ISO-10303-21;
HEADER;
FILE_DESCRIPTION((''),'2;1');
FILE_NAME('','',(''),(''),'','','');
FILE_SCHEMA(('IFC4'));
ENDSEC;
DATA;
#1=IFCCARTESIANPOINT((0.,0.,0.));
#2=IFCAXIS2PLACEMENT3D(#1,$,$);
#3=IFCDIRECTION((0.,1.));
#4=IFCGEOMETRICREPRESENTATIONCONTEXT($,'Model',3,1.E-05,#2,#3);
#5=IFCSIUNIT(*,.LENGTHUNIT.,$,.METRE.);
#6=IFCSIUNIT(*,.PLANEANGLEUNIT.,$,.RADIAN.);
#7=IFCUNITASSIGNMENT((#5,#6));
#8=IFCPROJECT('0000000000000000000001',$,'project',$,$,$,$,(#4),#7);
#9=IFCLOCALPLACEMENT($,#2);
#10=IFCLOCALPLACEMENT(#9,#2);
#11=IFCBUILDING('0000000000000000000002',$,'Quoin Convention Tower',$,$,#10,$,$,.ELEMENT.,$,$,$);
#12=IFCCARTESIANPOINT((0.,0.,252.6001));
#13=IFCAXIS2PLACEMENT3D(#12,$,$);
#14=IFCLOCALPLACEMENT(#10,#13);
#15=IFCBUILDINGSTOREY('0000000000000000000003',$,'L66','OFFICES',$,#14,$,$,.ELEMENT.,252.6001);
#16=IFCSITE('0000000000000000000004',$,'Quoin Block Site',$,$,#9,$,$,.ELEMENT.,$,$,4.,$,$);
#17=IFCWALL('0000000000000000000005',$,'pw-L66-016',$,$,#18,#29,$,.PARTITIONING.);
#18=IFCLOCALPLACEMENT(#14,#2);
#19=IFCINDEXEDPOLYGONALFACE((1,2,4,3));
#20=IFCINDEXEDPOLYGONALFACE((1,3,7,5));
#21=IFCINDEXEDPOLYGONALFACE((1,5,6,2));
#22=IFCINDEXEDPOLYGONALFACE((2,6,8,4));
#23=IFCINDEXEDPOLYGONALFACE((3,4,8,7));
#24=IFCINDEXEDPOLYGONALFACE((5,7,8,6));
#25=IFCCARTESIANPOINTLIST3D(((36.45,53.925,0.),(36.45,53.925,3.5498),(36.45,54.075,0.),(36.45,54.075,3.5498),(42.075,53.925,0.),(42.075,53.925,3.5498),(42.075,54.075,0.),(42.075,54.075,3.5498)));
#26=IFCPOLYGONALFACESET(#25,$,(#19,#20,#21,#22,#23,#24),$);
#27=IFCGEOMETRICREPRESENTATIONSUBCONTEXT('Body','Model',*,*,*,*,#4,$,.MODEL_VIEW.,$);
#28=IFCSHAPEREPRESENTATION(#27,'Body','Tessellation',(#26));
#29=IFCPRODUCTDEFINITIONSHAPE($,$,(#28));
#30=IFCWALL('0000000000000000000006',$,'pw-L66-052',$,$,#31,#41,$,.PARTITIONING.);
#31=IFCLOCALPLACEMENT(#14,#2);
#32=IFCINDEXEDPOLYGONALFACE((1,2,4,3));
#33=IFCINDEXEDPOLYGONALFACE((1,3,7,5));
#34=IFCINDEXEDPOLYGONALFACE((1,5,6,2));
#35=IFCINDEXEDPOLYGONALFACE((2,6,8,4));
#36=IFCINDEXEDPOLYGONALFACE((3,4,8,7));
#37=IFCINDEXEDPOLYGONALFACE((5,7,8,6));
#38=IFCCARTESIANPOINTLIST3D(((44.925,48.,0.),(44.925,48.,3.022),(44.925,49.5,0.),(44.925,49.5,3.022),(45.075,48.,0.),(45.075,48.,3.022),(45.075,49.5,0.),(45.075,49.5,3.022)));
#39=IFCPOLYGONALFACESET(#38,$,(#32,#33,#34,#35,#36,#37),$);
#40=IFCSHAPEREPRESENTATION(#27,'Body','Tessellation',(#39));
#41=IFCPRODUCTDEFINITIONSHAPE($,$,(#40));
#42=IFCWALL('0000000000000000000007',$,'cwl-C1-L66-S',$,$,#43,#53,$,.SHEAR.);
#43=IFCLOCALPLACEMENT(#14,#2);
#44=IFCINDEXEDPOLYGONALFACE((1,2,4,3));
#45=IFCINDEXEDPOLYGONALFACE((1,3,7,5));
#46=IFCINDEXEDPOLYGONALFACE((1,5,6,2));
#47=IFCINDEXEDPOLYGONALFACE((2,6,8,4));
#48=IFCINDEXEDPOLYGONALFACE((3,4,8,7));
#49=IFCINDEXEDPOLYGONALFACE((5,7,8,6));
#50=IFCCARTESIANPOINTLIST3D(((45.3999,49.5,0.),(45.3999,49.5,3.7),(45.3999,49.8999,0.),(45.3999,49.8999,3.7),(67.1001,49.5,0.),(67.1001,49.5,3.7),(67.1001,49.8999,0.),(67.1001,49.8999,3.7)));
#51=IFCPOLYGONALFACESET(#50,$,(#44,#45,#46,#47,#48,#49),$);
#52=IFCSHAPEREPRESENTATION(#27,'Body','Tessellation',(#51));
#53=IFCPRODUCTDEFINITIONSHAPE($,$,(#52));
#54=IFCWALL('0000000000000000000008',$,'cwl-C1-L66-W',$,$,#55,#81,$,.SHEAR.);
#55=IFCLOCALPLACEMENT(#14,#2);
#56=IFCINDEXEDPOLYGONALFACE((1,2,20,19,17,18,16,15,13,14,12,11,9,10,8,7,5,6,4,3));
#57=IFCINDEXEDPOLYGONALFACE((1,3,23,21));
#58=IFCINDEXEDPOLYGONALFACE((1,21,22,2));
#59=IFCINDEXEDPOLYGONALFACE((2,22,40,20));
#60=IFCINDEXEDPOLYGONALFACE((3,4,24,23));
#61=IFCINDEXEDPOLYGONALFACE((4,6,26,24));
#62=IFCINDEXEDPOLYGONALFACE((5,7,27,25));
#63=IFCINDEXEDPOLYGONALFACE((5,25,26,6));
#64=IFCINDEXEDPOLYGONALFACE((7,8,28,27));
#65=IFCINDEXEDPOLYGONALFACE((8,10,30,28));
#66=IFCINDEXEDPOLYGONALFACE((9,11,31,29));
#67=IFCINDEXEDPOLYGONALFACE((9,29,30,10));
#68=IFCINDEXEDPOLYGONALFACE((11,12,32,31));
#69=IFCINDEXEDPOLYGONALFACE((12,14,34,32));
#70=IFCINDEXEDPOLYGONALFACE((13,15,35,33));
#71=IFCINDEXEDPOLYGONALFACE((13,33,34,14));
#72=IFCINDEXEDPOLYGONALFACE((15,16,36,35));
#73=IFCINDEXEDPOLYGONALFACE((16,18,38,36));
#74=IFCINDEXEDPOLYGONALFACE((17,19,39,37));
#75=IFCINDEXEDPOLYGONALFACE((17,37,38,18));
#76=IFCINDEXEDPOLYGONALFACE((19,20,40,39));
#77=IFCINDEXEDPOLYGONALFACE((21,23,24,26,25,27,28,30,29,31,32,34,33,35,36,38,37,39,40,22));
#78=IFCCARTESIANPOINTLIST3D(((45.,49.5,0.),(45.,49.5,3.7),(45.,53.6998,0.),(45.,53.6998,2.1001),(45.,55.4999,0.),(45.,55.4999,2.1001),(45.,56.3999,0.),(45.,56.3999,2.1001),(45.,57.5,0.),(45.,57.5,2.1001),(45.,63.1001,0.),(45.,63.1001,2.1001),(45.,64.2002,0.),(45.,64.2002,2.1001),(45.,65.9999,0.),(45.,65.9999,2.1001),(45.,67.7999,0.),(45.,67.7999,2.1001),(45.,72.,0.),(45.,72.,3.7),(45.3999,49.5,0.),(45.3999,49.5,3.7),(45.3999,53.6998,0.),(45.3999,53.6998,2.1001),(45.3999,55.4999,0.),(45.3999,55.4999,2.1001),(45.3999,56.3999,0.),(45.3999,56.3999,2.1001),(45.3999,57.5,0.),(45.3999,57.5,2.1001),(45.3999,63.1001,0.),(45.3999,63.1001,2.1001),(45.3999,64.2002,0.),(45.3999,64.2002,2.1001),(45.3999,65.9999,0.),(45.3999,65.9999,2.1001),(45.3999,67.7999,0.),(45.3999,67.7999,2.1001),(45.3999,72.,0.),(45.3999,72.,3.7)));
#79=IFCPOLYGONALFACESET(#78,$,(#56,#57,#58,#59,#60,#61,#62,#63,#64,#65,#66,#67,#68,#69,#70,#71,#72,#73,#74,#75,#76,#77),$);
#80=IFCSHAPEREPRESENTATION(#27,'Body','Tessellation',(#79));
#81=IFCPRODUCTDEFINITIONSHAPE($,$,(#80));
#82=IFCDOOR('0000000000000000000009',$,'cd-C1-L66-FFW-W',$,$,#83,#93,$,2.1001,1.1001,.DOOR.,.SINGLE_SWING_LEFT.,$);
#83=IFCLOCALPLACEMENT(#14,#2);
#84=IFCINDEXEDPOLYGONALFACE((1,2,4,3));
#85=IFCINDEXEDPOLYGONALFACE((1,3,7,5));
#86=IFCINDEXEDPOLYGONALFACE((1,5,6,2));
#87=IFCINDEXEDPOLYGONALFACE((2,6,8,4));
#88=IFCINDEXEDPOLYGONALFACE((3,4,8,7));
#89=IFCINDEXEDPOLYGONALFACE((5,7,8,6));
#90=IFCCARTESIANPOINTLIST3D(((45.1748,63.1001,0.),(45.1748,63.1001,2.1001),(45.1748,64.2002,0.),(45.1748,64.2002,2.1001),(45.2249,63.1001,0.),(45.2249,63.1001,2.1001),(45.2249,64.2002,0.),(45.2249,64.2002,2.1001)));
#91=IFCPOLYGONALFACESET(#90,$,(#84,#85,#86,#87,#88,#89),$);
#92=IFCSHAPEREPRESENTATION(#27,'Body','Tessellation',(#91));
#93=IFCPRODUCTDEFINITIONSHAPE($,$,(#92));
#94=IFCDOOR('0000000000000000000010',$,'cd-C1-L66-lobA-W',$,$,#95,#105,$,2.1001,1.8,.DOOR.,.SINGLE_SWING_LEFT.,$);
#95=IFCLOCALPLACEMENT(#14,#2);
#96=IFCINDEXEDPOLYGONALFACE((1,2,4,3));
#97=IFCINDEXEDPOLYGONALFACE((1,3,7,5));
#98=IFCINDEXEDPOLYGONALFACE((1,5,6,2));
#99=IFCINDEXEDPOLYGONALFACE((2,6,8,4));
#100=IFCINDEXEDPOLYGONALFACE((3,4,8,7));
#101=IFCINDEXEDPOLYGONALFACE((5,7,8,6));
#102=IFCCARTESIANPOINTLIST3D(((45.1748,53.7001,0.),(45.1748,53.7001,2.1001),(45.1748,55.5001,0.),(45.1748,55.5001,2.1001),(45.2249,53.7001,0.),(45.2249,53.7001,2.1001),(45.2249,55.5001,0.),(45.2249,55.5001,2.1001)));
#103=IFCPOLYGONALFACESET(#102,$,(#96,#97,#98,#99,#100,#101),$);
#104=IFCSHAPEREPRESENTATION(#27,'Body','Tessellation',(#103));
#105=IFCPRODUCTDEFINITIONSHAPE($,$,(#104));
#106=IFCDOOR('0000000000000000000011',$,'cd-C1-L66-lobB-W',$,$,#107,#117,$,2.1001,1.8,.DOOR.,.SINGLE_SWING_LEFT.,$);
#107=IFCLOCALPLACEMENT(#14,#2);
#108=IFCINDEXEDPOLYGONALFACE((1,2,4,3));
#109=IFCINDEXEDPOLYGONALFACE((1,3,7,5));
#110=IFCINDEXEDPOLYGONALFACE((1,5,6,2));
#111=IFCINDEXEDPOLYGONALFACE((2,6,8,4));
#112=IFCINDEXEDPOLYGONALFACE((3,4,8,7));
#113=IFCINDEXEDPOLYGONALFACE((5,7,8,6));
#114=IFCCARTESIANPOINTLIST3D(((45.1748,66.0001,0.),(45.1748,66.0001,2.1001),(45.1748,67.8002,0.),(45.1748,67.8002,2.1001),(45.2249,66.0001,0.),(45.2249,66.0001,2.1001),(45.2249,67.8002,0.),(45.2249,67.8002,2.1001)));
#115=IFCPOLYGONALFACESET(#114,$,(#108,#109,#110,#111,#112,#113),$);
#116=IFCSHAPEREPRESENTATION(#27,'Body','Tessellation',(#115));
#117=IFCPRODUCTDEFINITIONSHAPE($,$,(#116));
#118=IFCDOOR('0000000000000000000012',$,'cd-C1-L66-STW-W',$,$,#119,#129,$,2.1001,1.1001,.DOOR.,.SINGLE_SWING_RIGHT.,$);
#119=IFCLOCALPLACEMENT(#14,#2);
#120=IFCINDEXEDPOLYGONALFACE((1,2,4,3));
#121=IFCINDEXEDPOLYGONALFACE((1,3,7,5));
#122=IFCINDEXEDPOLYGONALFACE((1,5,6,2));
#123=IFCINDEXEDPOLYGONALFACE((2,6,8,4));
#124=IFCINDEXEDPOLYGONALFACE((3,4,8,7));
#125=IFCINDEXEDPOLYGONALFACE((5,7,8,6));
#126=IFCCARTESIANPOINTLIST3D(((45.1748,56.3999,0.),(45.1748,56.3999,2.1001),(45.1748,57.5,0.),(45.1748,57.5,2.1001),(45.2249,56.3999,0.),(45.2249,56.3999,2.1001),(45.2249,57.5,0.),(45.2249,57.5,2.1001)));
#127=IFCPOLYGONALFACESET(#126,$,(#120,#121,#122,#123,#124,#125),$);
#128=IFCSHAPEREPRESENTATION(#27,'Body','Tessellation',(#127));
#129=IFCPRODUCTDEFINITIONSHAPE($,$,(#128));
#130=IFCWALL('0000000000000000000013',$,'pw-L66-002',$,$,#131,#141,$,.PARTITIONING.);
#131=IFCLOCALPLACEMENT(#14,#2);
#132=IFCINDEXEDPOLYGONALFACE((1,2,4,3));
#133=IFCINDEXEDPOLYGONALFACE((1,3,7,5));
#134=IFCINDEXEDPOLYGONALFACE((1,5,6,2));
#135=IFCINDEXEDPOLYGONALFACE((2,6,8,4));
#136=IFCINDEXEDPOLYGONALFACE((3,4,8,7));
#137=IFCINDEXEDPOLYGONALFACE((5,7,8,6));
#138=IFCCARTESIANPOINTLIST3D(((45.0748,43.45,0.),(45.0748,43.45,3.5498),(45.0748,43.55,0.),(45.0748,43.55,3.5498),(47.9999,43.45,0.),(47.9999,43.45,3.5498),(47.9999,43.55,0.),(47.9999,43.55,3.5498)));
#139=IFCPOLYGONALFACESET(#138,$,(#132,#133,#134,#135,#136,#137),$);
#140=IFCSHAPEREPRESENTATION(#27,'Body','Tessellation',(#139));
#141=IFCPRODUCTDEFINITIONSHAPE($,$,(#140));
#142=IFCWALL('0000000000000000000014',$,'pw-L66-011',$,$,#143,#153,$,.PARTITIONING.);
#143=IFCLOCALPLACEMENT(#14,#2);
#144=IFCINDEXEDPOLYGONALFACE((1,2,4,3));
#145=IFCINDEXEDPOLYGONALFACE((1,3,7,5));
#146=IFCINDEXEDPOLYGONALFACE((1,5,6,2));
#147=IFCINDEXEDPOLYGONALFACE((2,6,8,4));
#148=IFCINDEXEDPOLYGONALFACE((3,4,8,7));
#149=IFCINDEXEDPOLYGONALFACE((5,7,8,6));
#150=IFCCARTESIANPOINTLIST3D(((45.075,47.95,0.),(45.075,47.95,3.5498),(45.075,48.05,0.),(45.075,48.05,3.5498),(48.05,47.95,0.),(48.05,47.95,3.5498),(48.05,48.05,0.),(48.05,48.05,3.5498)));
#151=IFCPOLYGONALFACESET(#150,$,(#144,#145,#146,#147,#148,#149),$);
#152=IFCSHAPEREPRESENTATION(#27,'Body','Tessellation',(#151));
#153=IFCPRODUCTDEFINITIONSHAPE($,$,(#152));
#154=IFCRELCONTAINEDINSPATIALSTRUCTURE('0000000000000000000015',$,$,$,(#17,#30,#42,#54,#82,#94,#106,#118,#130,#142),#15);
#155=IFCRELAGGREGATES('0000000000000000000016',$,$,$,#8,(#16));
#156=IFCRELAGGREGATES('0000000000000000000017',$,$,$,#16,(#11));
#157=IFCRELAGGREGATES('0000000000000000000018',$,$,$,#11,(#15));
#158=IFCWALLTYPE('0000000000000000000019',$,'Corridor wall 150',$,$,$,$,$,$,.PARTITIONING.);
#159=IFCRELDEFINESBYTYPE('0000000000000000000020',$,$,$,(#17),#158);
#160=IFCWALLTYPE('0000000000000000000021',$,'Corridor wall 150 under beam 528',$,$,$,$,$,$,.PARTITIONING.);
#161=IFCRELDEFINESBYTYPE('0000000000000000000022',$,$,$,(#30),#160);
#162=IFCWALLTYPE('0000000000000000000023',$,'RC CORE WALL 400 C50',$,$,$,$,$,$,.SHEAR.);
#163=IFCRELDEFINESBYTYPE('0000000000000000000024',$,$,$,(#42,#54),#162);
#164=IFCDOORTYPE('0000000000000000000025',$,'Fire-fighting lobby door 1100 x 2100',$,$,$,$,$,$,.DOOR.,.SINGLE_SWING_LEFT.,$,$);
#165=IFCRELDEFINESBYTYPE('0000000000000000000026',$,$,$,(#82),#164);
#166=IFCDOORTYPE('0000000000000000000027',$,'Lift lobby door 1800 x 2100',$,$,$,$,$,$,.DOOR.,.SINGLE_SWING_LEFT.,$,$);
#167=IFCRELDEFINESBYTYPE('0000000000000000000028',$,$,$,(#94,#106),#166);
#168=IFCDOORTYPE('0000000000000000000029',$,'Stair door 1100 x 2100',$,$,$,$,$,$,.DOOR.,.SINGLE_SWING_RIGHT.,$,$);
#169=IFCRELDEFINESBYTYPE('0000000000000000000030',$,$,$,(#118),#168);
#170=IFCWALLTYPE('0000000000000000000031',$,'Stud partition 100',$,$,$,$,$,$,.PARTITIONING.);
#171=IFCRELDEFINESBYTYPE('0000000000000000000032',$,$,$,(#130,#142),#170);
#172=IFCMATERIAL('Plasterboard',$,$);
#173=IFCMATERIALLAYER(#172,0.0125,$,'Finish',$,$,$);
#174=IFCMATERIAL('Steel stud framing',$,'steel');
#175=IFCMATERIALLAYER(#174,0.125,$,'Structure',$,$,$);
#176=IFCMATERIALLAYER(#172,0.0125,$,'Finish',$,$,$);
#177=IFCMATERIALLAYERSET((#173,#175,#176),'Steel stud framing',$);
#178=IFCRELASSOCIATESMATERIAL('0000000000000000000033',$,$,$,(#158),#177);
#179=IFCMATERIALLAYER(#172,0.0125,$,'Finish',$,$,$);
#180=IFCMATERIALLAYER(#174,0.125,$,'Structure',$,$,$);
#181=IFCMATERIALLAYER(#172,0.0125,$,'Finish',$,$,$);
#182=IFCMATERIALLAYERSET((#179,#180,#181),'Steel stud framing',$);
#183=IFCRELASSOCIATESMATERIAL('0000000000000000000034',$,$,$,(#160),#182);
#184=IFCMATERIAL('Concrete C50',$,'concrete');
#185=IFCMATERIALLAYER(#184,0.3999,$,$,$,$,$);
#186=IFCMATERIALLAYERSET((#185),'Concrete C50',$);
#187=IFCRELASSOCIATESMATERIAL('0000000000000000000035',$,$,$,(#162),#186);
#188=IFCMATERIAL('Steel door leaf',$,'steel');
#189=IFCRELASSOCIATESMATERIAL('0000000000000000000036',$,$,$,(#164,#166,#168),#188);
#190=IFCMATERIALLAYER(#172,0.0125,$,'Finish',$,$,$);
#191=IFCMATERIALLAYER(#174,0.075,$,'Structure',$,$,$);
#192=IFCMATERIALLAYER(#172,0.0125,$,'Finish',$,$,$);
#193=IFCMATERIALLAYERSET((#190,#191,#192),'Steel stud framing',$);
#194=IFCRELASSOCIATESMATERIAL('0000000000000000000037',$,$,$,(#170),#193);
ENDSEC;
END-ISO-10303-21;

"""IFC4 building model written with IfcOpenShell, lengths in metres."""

from ifc_helpers import new_model, si_unit, direction, frame, frame_2d, origin, place, context, subcontext, project, spatial, rectangle, extrude, material, layer, layer_set, type_object, element, fill, save


model = new_model("IFC4")

# Units and contexts
model_context = context("Model", 3, precision=1e-05, world=origin(), true_north=direction((0.0, 1.0)))
body_context = subcontext(model_context, "Body", "Model", "MODEL_VIEW")
ifc_project = project(units=[si_unit("LENGTHUNIT", "METRE"), si_unit("PLANEANGLEUNIT", "RADIAN")], contexts=[model_context])

# Site, building, storey
site_placement = place(None, origin())
site = spatial("IfcSite", under=ifc_project, at=site_placement, Name="Quoin Block Site", CompositionType="ELEMENT", RefElevation=4.0)
building_placement = place(site_placement, origin())
building = spatial("IfcBuilding", under=site, at=building_placement, Name="Quoin Convention Tower", CompositionType="ELEMENT")
storey_placement = place(building_placement, frame((0.0, 0.0, 252.6001)))
storey = spatial("IfcBuildingStorey", under=building, at=storey_placement, Name="L66", Description="OFFICES", CompositionType="ELEMENT", Elevation=252.6001)

# Shared definitions
ifc_material_1 = material(Name="Plasterboard")
ifc_material_2 = material(Name="Steel stud framing", Category="steel")
ifc_material_3 = material(Name="Steel door leaf", Category="steel")

# Walls
ifc_material_4 = material(Name="Concrete C50", Category="concrete")
ifc_layer_1 = layer(ifc_material_1, 0.0125, Name="Finish")
ifc_layer_2 = layer(ifc_material_2, 0.125, Name="Structure")
ifc_layer_3 = layer(ifc_material_1, 0.0125, Name="Finish")
ifc_layer_set_1 = layer_set([ifc_layer_1, ifc_layer_2, ifc_layer_3], Name="Steel stud framing")
wall_type_1 = type_object("IfcWallType", Name="Corridor wall 150", PredefinedType="PARTITIONING", material=ifc_layer_set_1)
wall_1_placement = place(storey_placement, frame((36.45, 54.0, 0.0), z_axis=(0.0, 0.0, 1.0), x_axis=(1.0, 0.0, 0.0)))
element("IfcWall", 1, at=wall_1_placement, inside=storey, type_object=wall_type_1, Name="pw-L66-016", PredefinedType="PARTITIONING", context=body_context, shape_type="SweptSolid", body=[
    extrude(rectangle(XDim=5.625, YDim=0.1499, at=frame_2d((2.8125, 0.0))), origin(), (0.0, 0.0, 1.0), 3.5498),
])
ifc_layer_4 = layer(ifc_material_1, 0.0125, Name="Finish")
ifc_layer_5 = layer(ifc_material_2, 0.125, Name="Structure")
ifc_layer_6 = layer(ifc_material_1, 0.0125, Name="Finish")
ifc_layer_set_2 = layer_set([ifc_layer_4, ifc_layer_5, ifc_layer_6], Name="Steel stud framing")
wall_type_2 = type_object("IfcWallType", Name="Corridor wall 150 under beam 528", PredefinedType="PARTITIONING", material=ifc_layer_set_2)
wall_2_placement = place(storey_placement, frame((45.0, 48.0, 0.0), z_axis=(0.0, 0.0, 1.0), x_axis=(0.0, 1.0, 0.0)))
element("IfcWall", 2, at=wall_2_placement, inside=storey, type_object=wall_type_2, Name="pw-L66-052", PredefinedType="PARTITIONING", context=body_context, shape_type="SweptSolid", body=[
    extrude(rectangle(XDim=1.5, YDim=0.1499, at=frame_2d((0.75, 0.0))), origin(), (0.0, 0.0, 1.0), 3.022),
])
ifc_layer_7 = layer(ifc_material_4, 0.3999)
ifc_layer_set_3 = layer_set([ifc_layer_7], Name="Concrete C50")
wall_type_3 = type_object("IfcWallType", Name="RC CORE WALL 400 C50", PredefinedType="SHEAR", material=ifc_layer_set_3)
wall_3_placement = place(storey_placement, frame((45.3999, 49.7, 0.0), z_axis=(0.0, 0.0, 1.0), x_axis=(1.0, 0.0, 0.0)))
element("IfcWall", 3, at=wall_3_placement, inside=storey, type_object=wall_type_3, Name="cwl-C1-L66-S", PredefinedType="SHEAR", context=body_context, shape_type="SweptSolid", body=[
    extrude(rectangle(XDim=21.7002, YDim=0.3999, at=frame_2d((10.8501, 0.0))), origin(), (0.0, 0.0, 1.0), 3.7),
])

# Wall, openings, doors
wall_4_placement = place(storey_placement, frame((45.2, 49.5, 0.0), z_axis=(0.0, 0.0, 1.0), x_axis=(0.0, 1.0, 0.0)))
wall_4 = element("IfcWall", 4, at=wall_4_placement, inside=storey, type_object=wall_type_3, Name="cwl-C1-L66-W", PredefinedType="SHEAR", context=body_context, shape_type="SweptSolid", body=[
    extrude(rectangle(XDim=22.5, YDim=0.3999, at=frame_2d((11.25, 0.0))), origin(), (0.0, 0.0, 1.0), 3.7),
])
opening_1_placement = place(wall_4_placement, frame((4.2, 0.0, 0.0)))
opening_1 = element("IfcOpeningElement", 5, at=opening_1_placement, cuts=wall_4, PredefinedType="OPENING", context=body_context, shape_type="SweptSolid", body=[
    extrude(rectangle(XDim=1.8, YDim=2.1001, at=frame_2d((0.8999, 1.05))), frame((0.0, 0.21, 0.0), z_axis=(0.0, -1.0, 0.0), x_axis=(1.0, 0.0, 0.0)), (0.0, 0.0, 1.0), 0.4199),
])
opening_2_placement = place(wall_4_placement, frame((6.8999, 0.0, 0.0)))
opening_2 = element("IfcOpeningElement", 6, at=opening_2_placement, cuts=wall_4, PredefinedType="OPENING", context=body_context, shape_type="SweptSolid", body=[
    extrude(rectangle(XDim=1.1001, YDim=2.1001, at=frame_2d((0.55, 1.05))), frame((0.0, 0.21, 0.0), z_axis=(0.0, -1.0, 0.0), x_axis=(1.0, 0.0, 0.0)), (0.0, 0.0, 1.0), 0.4199),
])
opening_3_placement = place(wall_4_placement, frame((13.6001, 0.0, 0.0)))
opening_3 = element("IfcOpeningElement", 7, at=opening_3_placement, cuts=wall_4, PredefinedType="OPENING", context=body_context, shape_type="SweptSolid", body=[
    extrude(rectangle(XDim=1.1001, YDim=2.1001, at=frame_2d((0.55, 1.05))), frame((0.0, 0.21, 0.0), z_axis=(0.0, -1.0, 0.0), x_axis=(1.0, 0.0, 0.0)), (0.0, 0.0, 1.0), 0.4199),
])
opening_4_placement = place(wall_4_placement, frame((16.5, 0.0, 0.0)))
opening_4 = element("IfcOpeningElement", 8, at=opening_4_placement, cuts=wall_4, PredefinedType="OPENING", context=body_context, shape_type="SweptSolid", body=[
    extrude(rectangle(XDim=1.8, YDim=2.1001, at=frame_2d((0.8999, 1.05))), frame((0.0, 0.21, 0.0), z_axis=(0.0, -1.0, 0.0), x_axis=(1.0, 0.0, 0.0)), (0.0, 0.0, 1.0), 0.4199),
])
door_type_1 = type_object("IfcDoorType", Name="Fire-fighting lobby door 1100 x 2100", OperationType="SINGLE_SWING_LEFT", PredefinedType="DOOR", material=ifc_material_3)
door_1_placement = place(opening_3_placement, frame((1.1001, 0.0, 0.0), z_axis=(0.0, 0.0, 1.0), x_axis=(-1.0, 0.0, 0.0)))
door_1 = element("IfcDoor", 9, at=door_1_placement, inside=storey, type_object=door_type_1, Name="cd-C1-L66-FFW-W", OperationType="SINGLE_SWING_LEFT", OverallHeight=2.1001, OverallWidth=1.1001, PredefinedType="DOOR", context=body_context, shape_type="SweptSolid", body=[
    extrude(rectangle(XDim=1.1001, YDim=2.1001, at=frame_2d((0.55, 1.05))), frame((0.0, 0.0249, 0.0), z_axis=(0.0, -1.0, 0.0), x_axis=(1.0, 0.0, 0.0)), (0.0, 0.0, 1.0), 0.05),
])
fill(opening_3, door_1)
door_type_2 = type_object("IfcDoorType", Name="Lift lobby door 1800 x 2100", OperationType="SINGLE_SWING_LEFT", PredefinedType="DOOR", material=ifc_material_3)
door_2_placement = place(opening_1_placement, frame((1.8, 0.0, 0.0), z_axis=(0.0, 0.0, 1.0), x_axis=(-1.0, 0.0, 0.0)))
door_2 = element("IfcDoor", 10, at=door_2_placement, inside=storey, type_object=door_type_2, Name="cd-C1-L66-lobA-W", OperationType="SINGLE_SWING_LEFT", OverallHeight=2.1001, OverallWidth=1.8, PredefinedType="DOOR", context=body_context, shape_type="SweptSolid", body=[
    extrude(rectangle(XDim=1.8, YDim=2.1001, at=frame_2d((0.8999, 1.05))), frame((0.0, 0.0249, 0.0), z_axis=(0.0, -1.0, 0.0), x_axis=(1.0, 0.0, 0.0)), (0.0, 0.0, 1.0), 0.05),
])
fill(opening_1, door_2)
door_3_placement = place(opening_4_placement, frame((1.8, 0.0, 0.0), z_axis=(0.0, 0.0, 1.0), x_axis=(-1.0, 0.0, 0.0)))
door_3 = element("IfcDoor", 11, at=door_3_placement, inside=storey, type_object=door_type_2, Name="cd-C1-L66-lobB-W", OperationType="SINGLE_SWING_LEFT", OverallHeight=2.1001, OverallWidth=1.8, PredefinedType="DOOR", context=body_context, shape_type="SweptSolid", body=[
    extrude(rectangle(XDim=1.8, YDim=2.1001, at=frame_2d((0.8999, 1.05))), frame((0.0, 0.0249, 0.0), z_axis=(0.0, -1.0, 0.0), x_axis=(1.0, 0.0, 0.0)), (0.0, 0.0, 1.0), 0.05),
])
fill(opening_4, door_3)
door_type_3 = type_object("IfcDoorType", Name="Stair door 1100 x 2100", OperationType="SINGLE_SWING_RIGHT", PredefinedType="DOOR", material=ifc_material_3)
door_4_placement = place(opening_2_placement, frame((1.1001, 0.0, 0.0), z_axis=(0.0, 0.0, 1.0), x_axis=(-1.0, 0.0, 0.0)))
door_4 = element("IfcDoor", 12, at=door_4_placement, inside=storey, type_object=door_type_3, Name="cd-C1-L66-STW-W", OperationType="SINGLE_SWING_RIGHT", OverallHeight=2.1001, OverallWidth=1.1001, PredefinedType="DOOR", context=body_context, shape_type="SweptSolid", body=[
    extrude(rectangle(XDim=1.1001, YDim=2.1001, at=frame_2d((0.55, 1.05))), frame((0.0, 0.0249, 0.0), z_axis=(0.0, -1.0, 0.0), x_axis=(1.0, 0.0, 0.0)), (0.0, 0.0, 1.0), 0.05),
])
fill(opening_2, door_4)

# Walls
ifc_layer_8 = layer(ifc_material_1, 0.0125, Name="Finish")
ifc_layer_9 = layer(ifc_material_2, 0.075, Name="Structure")
ifc_layer_10 = layer(ifc_material_1, 0.0125, Name="Finish")
ifc_layer_set_4 = layer_set([ifc_layer_8, ifc_layer_9, ifc_layer_10], Name="Steel stud framing")
wall_type_4 = type_object("IfcWallType", Name="Stud partition 100", PredefinedType="PARTITIONING", material=ifc_layer_set_4)
wall_5_placement = place(storey_placement, frame((45.075, 43.5, 0.0), z_axis=(0.0, 0.0, 1.0), x_axis=(1.0, 0.0, 0.0)))
element("IfcWall", 13, at=wall_5_placement, inside=storey, type_object=wall_type_4, Name="pw-L66-002", PredefinedType="PARTITIONING", context=body_context, shape_type="SweptSolid", body=[
    extrude(rectangle(XDim=2.925, YDim=0.1001, at=frame_2d((1.4624, 0.0))), origin(), (0.0, 0.0, 1.0), 3.5498),
])
wall_6_placement = place(storey_placement, frame((45.075, 48.0, 0.0), z_axis=(0.0, 0.0, 1.0), x_axis=(1.0, 0.0, 0.0)))
element("IfcWall", 14, at=wall_6_placement, inside=storey, type_object=wall_type_4, Name="pw-L66-011", PredefinedType="PARTITIONING", context=body_context, shape_type="SweptSolid", body=[
    extrude(rectangle(XDim=2.9751, YDim=0.1001, at=frame_2d((1.4875, 0.0))), origin(), (0.0, 0.0, 1.0), 3.5498),
])

save(model, "model.ifc")
